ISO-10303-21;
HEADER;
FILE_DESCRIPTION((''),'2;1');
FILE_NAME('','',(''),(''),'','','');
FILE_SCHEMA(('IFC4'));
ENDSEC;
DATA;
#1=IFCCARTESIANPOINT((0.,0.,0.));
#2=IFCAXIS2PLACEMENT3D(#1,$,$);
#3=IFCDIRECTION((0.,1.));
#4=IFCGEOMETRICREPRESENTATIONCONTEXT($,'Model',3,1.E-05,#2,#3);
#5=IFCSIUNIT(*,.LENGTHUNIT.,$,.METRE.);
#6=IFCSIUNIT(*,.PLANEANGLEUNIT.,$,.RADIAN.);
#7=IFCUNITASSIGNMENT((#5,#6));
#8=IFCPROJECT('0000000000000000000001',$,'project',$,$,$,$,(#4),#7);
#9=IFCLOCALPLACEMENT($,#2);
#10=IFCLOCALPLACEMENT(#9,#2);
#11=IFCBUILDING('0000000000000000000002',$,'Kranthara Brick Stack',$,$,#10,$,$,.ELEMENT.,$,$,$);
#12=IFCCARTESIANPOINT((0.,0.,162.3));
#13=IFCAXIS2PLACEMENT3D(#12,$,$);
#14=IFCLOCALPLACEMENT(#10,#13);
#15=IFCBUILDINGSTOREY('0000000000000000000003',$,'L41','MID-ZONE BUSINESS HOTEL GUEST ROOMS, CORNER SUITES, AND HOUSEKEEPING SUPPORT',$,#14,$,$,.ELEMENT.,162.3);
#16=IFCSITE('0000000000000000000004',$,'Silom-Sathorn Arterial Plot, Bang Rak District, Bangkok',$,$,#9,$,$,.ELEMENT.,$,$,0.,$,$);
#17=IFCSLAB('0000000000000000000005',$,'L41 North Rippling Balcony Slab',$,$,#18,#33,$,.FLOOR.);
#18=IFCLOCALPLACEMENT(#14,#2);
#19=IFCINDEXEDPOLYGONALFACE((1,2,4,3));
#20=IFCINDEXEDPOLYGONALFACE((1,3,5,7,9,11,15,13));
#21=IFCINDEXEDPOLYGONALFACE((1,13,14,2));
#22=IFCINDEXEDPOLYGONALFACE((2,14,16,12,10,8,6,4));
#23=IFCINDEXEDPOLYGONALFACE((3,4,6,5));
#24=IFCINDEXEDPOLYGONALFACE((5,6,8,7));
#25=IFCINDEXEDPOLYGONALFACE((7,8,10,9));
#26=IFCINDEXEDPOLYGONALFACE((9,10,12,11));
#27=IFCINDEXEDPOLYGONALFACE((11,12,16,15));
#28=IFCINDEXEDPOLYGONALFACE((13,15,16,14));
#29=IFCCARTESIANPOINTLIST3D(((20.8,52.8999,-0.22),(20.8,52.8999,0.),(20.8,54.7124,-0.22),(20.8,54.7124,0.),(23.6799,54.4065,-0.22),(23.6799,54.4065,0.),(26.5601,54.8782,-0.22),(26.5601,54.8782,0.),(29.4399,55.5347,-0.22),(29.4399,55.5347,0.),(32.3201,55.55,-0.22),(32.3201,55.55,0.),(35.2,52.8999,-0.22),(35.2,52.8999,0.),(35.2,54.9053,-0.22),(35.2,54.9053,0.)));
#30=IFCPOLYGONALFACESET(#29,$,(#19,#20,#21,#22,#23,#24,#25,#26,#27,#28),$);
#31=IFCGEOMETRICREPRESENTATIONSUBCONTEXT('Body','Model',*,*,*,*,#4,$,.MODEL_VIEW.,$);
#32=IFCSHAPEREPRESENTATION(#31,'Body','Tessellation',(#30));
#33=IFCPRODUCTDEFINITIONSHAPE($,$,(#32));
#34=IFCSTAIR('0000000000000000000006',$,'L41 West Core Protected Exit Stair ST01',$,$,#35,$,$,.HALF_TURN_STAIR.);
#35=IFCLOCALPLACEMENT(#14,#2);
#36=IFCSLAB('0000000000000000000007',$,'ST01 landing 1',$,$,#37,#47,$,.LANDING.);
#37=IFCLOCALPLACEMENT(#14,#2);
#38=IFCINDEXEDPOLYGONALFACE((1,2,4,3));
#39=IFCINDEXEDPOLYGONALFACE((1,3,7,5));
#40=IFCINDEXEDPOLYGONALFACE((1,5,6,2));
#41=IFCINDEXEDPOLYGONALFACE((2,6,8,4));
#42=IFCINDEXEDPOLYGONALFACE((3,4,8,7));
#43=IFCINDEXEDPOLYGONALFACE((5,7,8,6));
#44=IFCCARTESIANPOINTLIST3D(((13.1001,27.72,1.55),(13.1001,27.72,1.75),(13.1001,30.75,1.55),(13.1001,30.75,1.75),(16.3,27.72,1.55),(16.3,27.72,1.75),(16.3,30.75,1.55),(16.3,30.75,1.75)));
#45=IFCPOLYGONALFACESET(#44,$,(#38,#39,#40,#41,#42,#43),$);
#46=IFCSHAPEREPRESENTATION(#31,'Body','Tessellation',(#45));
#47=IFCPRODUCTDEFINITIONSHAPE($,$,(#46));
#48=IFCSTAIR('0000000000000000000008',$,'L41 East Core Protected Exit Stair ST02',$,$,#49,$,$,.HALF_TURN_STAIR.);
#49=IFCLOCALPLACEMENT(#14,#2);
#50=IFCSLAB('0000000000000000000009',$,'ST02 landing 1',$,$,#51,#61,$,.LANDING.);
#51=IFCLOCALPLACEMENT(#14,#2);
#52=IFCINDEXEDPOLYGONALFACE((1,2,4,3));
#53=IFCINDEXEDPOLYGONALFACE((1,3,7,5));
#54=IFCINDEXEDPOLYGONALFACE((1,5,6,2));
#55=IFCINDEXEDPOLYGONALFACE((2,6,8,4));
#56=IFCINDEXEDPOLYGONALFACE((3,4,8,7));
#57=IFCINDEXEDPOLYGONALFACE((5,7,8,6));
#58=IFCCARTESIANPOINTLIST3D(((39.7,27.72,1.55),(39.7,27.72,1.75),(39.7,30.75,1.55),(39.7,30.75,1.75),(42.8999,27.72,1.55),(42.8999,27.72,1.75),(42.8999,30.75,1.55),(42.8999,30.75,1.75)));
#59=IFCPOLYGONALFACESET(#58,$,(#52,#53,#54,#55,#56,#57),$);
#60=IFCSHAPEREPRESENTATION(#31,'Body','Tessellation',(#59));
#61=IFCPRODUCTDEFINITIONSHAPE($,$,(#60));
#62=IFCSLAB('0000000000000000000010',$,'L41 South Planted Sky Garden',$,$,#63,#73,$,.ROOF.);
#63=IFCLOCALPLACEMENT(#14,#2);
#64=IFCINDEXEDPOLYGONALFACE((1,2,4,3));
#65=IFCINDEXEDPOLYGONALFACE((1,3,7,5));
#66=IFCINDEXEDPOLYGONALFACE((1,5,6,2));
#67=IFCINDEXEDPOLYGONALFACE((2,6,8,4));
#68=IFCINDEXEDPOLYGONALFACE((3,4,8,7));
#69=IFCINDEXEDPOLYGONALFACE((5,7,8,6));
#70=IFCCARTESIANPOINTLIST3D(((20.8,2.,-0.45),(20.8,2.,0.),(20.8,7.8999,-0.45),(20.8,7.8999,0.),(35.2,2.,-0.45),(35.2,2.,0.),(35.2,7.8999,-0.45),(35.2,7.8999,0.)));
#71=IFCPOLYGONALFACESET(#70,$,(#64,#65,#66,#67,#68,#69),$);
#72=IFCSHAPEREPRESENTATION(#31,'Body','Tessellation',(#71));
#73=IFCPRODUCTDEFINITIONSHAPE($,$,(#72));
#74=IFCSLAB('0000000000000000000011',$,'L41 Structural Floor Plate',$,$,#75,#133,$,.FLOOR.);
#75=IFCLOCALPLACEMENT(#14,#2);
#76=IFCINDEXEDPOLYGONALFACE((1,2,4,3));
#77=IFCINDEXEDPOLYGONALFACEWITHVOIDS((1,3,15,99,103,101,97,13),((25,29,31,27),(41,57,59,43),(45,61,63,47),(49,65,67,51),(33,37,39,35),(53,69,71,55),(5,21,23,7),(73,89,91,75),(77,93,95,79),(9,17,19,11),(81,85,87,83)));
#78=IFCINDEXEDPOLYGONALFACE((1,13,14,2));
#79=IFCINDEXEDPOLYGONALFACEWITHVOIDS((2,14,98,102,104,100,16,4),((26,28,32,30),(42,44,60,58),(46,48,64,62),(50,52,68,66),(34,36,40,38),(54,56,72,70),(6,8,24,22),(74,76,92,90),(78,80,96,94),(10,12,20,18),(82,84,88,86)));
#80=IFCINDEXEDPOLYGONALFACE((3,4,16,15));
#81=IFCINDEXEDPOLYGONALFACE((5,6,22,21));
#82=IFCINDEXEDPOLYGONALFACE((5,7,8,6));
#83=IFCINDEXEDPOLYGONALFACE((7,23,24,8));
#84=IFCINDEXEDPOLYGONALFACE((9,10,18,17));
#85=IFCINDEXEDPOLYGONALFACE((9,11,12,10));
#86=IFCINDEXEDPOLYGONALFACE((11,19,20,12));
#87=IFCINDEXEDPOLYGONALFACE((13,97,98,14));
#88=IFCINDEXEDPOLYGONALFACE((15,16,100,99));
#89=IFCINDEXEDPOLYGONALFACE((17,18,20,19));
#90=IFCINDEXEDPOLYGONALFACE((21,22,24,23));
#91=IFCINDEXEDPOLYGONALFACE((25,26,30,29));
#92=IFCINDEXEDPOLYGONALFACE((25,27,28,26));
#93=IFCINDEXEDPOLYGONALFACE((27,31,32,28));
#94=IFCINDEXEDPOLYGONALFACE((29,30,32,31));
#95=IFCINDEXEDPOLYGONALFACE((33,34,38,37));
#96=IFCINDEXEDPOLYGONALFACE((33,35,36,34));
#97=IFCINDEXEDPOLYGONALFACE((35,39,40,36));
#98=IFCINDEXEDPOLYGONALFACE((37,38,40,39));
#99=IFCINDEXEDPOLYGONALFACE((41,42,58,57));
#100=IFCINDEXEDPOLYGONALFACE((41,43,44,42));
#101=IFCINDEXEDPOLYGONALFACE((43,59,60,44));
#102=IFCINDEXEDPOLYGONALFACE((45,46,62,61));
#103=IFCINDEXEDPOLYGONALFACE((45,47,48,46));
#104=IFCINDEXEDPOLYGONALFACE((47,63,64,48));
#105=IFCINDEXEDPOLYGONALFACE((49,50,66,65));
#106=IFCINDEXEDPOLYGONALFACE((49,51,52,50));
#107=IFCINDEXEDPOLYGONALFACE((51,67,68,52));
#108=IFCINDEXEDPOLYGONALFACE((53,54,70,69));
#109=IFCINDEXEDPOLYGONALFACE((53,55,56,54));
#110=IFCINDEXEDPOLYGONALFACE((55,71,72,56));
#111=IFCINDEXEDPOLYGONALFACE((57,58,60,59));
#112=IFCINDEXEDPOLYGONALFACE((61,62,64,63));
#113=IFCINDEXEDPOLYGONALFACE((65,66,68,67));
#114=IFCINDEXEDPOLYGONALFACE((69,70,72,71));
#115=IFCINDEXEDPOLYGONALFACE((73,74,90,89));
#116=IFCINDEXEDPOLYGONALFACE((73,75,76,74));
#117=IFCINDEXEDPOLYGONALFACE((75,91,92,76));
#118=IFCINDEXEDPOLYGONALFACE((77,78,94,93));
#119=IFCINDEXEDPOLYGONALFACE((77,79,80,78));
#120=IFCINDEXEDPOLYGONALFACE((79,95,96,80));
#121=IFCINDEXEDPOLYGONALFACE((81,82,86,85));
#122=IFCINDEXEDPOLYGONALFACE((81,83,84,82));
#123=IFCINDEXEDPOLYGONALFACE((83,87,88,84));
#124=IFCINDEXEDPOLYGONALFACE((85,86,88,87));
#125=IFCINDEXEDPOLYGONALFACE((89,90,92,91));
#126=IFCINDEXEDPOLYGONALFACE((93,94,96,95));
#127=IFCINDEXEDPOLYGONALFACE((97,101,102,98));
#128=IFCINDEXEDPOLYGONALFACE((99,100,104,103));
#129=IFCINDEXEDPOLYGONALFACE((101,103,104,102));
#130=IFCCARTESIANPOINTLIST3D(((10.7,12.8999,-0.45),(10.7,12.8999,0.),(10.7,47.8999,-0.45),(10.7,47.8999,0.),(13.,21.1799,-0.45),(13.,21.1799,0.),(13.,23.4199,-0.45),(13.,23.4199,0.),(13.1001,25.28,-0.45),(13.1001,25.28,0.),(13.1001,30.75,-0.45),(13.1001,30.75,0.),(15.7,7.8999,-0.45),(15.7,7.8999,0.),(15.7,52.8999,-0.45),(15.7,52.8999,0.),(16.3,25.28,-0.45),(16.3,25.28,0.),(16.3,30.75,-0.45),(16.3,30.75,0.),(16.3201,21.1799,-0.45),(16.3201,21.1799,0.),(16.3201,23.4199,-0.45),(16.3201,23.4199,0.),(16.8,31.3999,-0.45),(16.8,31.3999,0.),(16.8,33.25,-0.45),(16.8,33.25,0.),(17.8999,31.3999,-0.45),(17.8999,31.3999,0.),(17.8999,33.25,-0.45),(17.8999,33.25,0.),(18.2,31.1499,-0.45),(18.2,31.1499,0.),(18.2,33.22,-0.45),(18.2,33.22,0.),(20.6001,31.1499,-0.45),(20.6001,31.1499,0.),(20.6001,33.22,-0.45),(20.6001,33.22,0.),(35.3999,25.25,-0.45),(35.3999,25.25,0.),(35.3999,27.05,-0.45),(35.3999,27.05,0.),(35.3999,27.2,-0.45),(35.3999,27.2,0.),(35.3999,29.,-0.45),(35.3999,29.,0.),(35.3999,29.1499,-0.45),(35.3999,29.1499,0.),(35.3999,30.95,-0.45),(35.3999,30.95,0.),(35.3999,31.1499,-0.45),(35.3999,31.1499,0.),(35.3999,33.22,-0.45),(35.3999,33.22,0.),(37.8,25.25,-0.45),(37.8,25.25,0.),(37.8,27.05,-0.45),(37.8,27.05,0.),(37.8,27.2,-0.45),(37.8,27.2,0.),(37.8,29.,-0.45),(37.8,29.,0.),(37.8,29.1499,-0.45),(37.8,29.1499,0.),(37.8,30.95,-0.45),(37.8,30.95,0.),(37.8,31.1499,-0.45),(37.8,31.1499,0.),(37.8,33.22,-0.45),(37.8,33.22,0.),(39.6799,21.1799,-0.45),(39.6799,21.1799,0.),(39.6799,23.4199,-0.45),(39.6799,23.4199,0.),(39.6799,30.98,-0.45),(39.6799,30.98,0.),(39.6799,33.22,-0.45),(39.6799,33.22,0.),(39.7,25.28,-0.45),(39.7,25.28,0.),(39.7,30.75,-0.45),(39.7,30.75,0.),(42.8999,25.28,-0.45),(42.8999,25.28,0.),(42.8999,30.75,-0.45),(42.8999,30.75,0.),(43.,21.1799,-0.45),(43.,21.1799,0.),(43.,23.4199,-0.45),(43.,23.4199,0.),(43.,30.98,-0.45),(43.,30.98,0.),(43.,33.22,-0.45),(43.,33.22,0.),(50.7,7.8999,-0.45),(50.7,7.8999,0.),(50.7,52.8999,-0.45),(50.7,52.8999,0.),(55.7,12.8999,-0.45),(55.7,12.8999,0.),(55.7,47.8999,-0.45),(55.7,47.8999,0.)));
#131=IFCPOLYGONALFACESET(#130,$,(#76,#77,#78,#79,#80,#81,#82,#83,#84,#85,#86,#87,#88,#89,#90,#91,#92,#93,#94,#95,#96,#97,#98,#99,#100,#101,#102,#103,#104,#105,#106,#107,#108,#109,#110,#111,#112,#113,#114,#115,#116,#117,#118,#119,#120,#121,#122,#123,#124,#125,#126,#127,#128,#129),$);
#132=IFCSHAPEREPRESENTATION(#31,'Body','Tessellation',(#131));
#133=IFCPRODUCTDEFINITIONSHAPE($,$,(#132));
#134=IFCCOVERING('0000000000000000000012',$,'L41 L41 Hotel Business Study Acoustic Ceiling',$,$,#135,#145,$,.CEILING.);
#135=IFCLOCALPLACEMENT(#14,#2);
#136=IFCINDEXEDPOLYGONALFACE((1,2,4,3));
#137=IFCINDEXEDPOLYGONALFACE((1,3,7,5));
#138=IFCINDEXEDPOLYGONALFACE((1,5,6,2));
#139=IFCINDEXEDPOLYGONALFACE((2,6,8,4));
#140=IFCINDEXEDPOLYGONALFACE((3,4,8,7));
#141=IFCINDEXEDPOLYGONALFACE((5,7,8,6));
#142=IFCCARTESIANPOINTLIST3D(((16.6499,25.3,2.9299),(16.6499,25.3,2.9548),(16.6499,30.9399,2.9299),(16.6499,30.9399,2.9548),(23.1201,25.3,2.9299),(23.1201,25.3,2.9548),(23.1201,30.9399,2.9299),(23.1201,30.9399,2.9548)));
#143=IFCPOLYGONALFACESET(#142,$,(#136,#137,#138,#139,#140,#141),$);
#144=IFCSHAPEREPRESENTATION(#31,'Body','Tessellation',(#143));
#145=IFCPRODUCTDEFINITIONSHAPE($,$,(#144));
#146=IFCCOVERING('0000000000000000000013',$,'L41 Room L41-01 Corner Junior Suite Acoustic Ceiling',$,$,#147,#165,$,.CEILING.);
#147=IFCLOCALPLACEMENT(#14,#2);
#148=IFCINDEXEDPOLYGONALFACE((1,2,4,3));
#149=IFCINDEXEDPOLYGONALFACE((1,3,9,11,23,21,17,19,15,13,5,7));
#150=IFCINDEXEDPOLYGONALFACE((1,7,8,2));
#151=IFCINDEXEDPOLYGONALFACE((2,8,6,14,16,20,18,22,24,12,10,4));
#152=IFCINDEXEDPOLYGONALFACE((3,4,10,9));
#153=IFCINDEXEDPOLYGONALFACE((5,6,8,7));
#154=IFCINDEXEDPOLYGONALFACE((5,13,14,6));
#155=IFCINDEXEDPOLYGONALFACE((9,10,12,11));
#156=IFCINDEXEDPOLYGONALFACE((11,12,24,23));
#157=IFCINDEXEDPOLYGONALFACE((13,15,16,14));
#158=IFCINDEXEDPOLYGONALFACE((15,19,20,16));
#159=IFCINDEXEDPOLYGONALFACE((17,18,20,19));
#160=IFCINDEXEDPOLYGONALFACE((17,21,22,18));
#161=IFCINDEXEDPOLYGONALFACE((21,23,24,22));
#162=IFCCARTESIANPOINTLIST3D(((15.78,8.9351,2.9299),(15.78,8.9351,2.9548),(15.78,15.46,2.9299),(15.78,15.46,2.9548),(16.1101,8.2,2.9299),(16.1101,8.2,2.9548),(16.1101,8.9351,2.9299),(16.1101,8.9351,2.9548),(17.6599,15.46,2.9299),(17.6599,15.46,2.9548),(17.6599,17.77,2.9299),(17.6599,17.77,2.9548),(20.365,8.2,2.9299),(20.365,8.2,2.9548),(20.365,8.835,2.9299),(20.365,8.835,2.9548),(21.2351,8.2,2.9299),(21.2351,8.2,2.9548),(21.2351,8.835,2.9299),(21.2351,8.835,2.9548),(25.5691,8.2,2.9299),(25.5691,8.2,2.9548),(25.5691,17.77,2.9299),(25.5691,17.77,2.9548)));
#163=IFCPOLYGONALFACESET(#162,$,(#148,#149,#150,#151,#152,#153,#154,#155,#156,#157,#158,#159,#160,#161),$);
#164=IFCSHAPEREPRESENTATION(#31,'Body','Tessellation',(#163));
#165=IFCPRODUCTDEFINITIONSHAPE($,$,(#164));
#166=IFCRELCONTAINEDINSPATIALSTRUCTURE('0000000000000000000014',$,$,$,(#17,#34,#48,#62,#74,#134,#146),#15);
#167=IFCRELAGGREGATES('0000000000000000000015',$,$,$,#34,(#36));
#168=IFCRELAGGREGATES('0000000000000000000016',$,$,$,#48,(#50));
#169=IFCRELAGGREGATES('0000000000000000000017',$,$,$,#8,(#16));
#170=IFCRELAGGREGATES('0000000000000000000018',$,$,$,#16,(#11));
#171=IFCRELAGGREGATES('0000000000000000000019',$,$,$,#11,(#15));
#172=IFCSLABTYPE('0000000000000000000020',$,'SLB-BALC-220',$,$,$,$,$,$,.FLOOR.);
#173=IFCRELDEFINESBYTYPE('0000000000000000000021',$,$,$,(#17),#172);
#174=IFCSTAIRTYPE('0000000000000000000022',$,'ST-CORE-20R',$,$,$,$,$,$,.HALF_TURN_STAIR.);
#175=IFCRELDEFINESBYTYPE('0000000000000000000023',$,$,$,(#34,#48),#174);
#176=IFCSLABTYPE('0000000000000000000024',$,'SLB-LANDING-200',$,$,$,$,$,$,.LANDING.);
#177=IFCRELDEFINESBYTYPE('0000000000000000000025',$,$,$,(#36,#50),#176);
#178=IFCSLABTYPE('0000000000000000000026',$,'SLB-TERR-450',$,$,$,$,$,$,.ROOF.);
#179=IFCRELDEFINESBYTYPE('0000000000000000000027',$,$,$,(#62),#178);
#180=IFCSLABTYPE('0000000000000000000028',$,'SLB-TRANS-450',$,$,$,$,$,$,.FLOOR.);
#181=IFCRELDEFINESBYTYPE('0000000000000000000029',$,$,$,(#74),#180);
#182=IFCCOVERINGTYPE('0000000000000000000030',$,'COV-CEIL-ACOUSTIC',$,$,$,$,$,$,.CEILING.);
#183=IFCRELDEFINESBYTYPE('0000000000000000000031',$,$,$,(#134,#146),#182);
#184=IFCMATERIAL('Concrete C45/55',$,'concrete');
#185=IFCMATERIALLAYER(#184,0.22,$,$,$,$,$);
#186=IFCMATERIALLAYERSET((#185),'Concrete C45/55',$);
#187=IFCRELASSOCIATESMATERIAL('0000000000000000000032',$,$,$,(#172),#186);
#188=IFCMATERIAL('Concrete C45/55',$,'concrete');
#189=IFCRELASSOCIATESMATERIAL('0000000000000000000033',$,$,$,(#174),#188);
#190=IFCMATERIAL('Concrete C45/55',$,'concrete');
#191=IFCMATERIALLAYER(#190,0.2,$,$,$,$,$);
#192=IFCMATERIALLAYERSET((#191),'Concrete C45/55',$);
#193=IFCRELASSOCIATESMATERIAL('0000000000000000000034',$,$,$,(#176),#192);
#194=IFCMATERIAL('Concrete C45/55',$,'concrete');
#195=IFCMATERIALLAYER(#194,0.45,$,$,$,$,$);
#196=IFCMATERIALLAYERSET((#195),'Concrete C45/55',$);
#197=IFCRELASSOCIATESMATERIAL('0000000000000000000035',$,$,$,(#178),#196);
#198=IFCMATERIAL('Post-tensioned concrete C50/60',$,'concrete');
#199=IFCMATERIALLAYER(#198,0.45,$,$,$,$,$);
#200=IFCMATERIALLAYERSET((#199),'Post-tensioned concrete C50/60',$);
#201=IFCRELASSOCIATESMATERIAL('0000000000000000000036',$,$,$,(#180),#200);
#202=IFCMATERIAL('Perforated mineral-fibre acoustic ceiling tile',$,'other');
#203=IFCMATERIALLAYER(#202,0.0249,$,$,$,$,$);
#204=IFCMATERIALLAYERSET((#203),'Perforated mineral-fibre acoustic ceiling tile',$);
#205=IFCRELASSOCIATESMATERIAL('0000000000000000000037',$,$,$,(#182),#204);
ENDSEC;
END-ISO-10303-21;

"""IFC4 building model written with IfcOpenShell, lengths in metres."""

from ifc_helpers import new_model, si_unit, direction, frame, origin, place, context, subcontext, project, spatial, polyline, outline, extrude, material, layer, layer_set, type_object, element, aggregate, save


model = new_model("IFC4")

# Units and contexts
model_context = context("Model", 3, precision=1e-05, world=origin(), true_north=direction((0.0, 1.0)))
body_context = subcontext(model_context, "Body", "Model", "MODEL_VIEW")
ifc_project = project(units=[si_unit("LENGTHUNIT", "METRE"), si_unit("PLANEANGLEUNIT", "RADIAN")], contexts=[model_context])

# Site, building, storey
site_placement = place(None, origin())
site = spatial("IfcSite", under=ifc_project, at=site_placement, Name="Silom-Sathorn Arterial Plot, Bang Rak District, Bangkok", CompositionType="ELEMENT", RefElevation=0.0)
building_placement = place(site_placement, origin())
building = spatial("IfcBuilding", under=site, at=building_placement, Name="Kranthara Brick Stack", CompositionType="ELEMENT")
storey_placement = place(building_placement, frame((0.0, 0.0, 162.3)))
storey = spatial("IfcBuildingStorey", under=building, at=storey_placement, Name="L41", Description="MID-ZONE BUSINESS HOTEL GUEST ROOMS, CORNER SUITES, AND HOUSEKEEPING SUPPORT", CompositionType="ELEMENT", Elevation=162.3)

# Slab
ifc_material_1 = material(Name="Concrete C45/55", Category="concrete")
ifc_layer_1 = layer(ifc_material_1, 0.22)
ifc_layer_set_1 = layer_set([ifc_layer_1], Name="Concrete C45/55")
slab_type_1 = type_object("IfcSlabType", Name="SLB-BALC-220", PredefinedType="FLOOR", material=ifc_layer_set_1)
slab_1_placement = place(storey_placement, frame((0.0, 0.0, -0.22)))
element("IfcSlab", 1, at=slab_1_placement, inside=storey, type_object=slab_type_1, Name="L41 North Rippling Balcony Slab", PredefinedType="FLOOR", context=body_context, shape_type="SweptSolid", body=[
    extrude(outline(polyline([(35.2, 52.8999), (20.8, 52.8999), (20.8, 54.7124), (23.6799, 54.4065), (26.5601, 54.8782), (29.4399, 55.5347), (32.3201, 55.55), (35.2, 54.9053), (35.2, 52.8999)])), origin(), (0.0, 0.0, 1.0), 0.22),
])

# Stairs, slabs
ifc_material_2 = material(Name="Concrete C45/55", Category="concrete")
stair_type = type_object("IfcStairType", Name="ST-CORE-20R", PredefinedType="HALF_TURN_STAIR", material=ifc_material_2)
stair_1_placement = place(storey_placement, origin())
stair_1 = element("IfcStair", 2, at=stair_1_placement, inside=storey, type_object=stair_type, Name="L41 West Core Protected Exit Stair ST01", PredefinedType="HALF_TURN_STAIR")
ifc_material_3 = material(Name="Concrete C45/55", Category="concrete")
ifc_layer_2 = layer(ifc_material_3, 0.2)
ifc_layer_set_2 = layer_set([ifc_layer_2], Name="Concrete C45/55")
slab_type_2 = type_object("IfcSlabType", Name="SLB-LANDING-200", PredefinedType="LANDING", material=ifc_layer_set_2)
slab_2_placement = place(storey_placement, frame((0.0, 0.0, 1.55)))
slab_2 = element("IfcSlab", 3, at=slab_2_placement, type_object=slab_type_2, Name="ST01 landing 1", PredefinedType="LANDING", context=body_context, shape_type="SweptSolid", body=[
    extrude(outline(polyline([(16.3, 27.72), (16.3, 30.75), (13.1001, 30.75), (13.1001, 27.72), (16.3, 27.72)])), origin(), (0.0, 0.0, 1.0), 0.2),
])
aggregate(stair_1, [slab_2])
stair_2_placement = place(storey_placement, origin())
stair_2 = element("IfcStair", 4, at=stair_2_placement, inside=storey, type_object=stair_type, Name="L41 East Core Protected Exit Stair ST02", PredefinedType="HALF_TURN_STAIR")
slab_3_placement = place(storey_placement, frame((0.0, 0.0, 1.55)))
slab_3 = element("IfcSlab", 5, at=slab_3_placement, type_object=slab_type_2, Name="ST02 landing 1", PredefinedType="LANDING", context=body_context, shape_type="SweptSolid", body=[
    extrude(outline(polyline([(42.8999, 27.72), (42.8999, 30.75), (39.7, 30.75), (39.7, 27.72), (42.8999, 27.72)])), origin(), (0.0, 0.0, 1.0), 0.2),
])
aggregate(stair_2, [slab_3])

# Slabs
ifc_material_4 = material(Name="Concrete C45/55", Category="concrete")
ifc_layer_3 = layer(ifc_material_4, 0.45)
ifc_layer_set_3 = layer_set([ifc_layer_3], Name="Concrete C45/55")
slab_type_3 = type_object("IfcSlabType", Name="SLB-TERR-450", PredefinedType="ROOF", material=ifc_layer_set_3)
slab_4_placement = place(storey_placement, frame((0.0, 0.0, -0.45)))
element("IfcSlab", 6, at=slab_4_placement, inside=storey, type_object=slab_type_3, Name="L41 South Planted Sky Garden", PredefinedType="ROOF", context=body_context, shape_type="SweptSolid", body=[
    extrude(outline(polyline([(20.8, 2.0), (35.2, 2.0), (35.2, 7.8999), (20.8, 7.8999), (20.8, 2.0)])), origin(), (0.0, 0.0, 1.0), 0.45),
])
ifc_material_5 = material(Name="Post-tensioned concrete C50/60", Category="concrete")
ifc_layer_4 = layer(ifc_material_5, 0.45)
ifc_layer_set_4 = layer_set([ifc_layer_4], Name="Post-tensioned concrete C50/60")
slab_type_4 = type_object("IfcSlabType", Name="SLB-TRANS-450", PredefinedType="FLOOR", material=ifc_layer_set_4)
slab_5_placement = place(storey_placement, frame((0.0, 0.0, -0.45)))
element("IfcSlab", 7, at=slab_5_placement, inside=storey, type_object=slab_type_4, Name="L41 Structural Floor Plate", PredefinedType="FLOOR", context=body_context, shape_type="SweptSolid", body=[
    extrude(outline(polyline([(15.7, 7.8999), (50.7, 7.8999), (55.7, 12.8999), (55.7, 47.8999), (50.7, 52.8999), (15.7, 52.8999), (10.7, 47.8999), (10.7, 12.8999), (15.7, 7.8999)]), holes=[polyline([(13.1001, 25.28), (16.3, 25.28), (16.3, 30.75), (13.1001, 30.75), (13.1001, 25.28)]), polyline([(39.7, 25.28), (42.8999, 25.28), (42.8999, 30.75), (39.7, 30.75), (39.7, 25.28)]), polyline([(13.0, 21.1799), (16.3201, 21.1799), (16.3201, 23.4199), (13.0, 23.4199), (13.0, 21.1799)]), polyline([(39.6799, 21.1799), (43.0, 21.1799), (43.0, 23.4199), (39.6799, 23.4199), (39.6799, 21.1799)]), polyline([(39.6799, 30.98), (43.0, 30.98), (43.0, 33.22), (39.6799, 33.22), (39.6799, 30.98)]), polyline([(35.3999, 25.25), (37.8, 25.25), (37.8, 27.05), (35.3999, 27.05), (35.3999, 25.25)]), polyline([(35.3999, 27.2), (37.8, 27.2), (37.8, 29.0), (35.3999, 29.0), (35.3999, 27.2)]), polyline([(35.3999, 29.1499), (37.8, 29.1499), (37.8, 30.95), (35.3999, 30.95), (35.3999, 29.1499)]), polyline([(18.2, 31.1499), (20.6001, 31.1499), (20.6001, 33.22), (18.2, 33.22), (18.2, 31.1499)]), polyline([(35.3999, 31.1499), (37.8, 31.1499), (37.8, 33.22), (35.3999, 33.22), (35.3999, 31.1499)]), polyline([(16.8, 31.3999), (17.8999, 31.3999), (17.8999, 33.25), (16.8, 33.25), (16.8, 31.3999)])]), origin(), (0.0, 0.0, 1.0), 0.45),
])

# Coverings
ifc_material_6 = material(Name="Perforated mineral-fibre acoustic ceiling tile", Category="other")
ifc_layer_5 = layer(ifc_material_6, 0.0249)
ifc_layer_set_5 = layer_set([ifc_layer_5], Name="Perforated mineral-fibre acoustic ceiling tile")
covering_type_1 = type_object("IfcCoveringType", Name="COV-CEIL-ACOUSTIC", PredefinedType="CEILING", material=ifc_layer_set_5)
covering_1_placement = place(storey_placement, frame((0.0, 0.0, 2.9299)))
element("IfcCovering", 8, at=covering_1_placement, inside=storey, type_object=covering_type_1, Name="L41 L41 Hotel Business Study Acoustic Ceiling", PredefinedType="CEILING", context=body_context, shape_type="SweptSolid", body=[
    extrude(outline(polyline([(23.1201, 25.3), (23.1201, 30.9399), (16.6499, 30.9399), (16.6499, 25.3), (23.1201, 25.3)])), origin(), (0.0, 0.0, 1.0), 0.0249),
])
covering_2_placement = place(storey_placement, frame((0.0, 0.0, 2.9299)))
element("IfcCovering", 9, at=covering_2_placement, inside=storey, type_object=covering_type_1, Name="L41 Room L41-01 Corner Junior Suite Acoustic Ceiling", PredefinedType="CEILING", context=body_context, shape_type="SweptSolid", body=[
    extrude(outline(polyline([(17.6599, 15.46), (17.6599, 17.77), (25.5691, 17.77), (25.5691, 8.2), (21.2351, 8.2), (21.2351, 8.835), (20.365, 8.835), (20.365, 8.2), (16.1101, 8.2), (16.1101, 8.9351), (15.78, 8.9351), (15.78, 15.46), (17.6599, 15.46)])), origin(), (0.0, 0.0, 1.0), 0.0249),
])

save(model, "model.ifc")
